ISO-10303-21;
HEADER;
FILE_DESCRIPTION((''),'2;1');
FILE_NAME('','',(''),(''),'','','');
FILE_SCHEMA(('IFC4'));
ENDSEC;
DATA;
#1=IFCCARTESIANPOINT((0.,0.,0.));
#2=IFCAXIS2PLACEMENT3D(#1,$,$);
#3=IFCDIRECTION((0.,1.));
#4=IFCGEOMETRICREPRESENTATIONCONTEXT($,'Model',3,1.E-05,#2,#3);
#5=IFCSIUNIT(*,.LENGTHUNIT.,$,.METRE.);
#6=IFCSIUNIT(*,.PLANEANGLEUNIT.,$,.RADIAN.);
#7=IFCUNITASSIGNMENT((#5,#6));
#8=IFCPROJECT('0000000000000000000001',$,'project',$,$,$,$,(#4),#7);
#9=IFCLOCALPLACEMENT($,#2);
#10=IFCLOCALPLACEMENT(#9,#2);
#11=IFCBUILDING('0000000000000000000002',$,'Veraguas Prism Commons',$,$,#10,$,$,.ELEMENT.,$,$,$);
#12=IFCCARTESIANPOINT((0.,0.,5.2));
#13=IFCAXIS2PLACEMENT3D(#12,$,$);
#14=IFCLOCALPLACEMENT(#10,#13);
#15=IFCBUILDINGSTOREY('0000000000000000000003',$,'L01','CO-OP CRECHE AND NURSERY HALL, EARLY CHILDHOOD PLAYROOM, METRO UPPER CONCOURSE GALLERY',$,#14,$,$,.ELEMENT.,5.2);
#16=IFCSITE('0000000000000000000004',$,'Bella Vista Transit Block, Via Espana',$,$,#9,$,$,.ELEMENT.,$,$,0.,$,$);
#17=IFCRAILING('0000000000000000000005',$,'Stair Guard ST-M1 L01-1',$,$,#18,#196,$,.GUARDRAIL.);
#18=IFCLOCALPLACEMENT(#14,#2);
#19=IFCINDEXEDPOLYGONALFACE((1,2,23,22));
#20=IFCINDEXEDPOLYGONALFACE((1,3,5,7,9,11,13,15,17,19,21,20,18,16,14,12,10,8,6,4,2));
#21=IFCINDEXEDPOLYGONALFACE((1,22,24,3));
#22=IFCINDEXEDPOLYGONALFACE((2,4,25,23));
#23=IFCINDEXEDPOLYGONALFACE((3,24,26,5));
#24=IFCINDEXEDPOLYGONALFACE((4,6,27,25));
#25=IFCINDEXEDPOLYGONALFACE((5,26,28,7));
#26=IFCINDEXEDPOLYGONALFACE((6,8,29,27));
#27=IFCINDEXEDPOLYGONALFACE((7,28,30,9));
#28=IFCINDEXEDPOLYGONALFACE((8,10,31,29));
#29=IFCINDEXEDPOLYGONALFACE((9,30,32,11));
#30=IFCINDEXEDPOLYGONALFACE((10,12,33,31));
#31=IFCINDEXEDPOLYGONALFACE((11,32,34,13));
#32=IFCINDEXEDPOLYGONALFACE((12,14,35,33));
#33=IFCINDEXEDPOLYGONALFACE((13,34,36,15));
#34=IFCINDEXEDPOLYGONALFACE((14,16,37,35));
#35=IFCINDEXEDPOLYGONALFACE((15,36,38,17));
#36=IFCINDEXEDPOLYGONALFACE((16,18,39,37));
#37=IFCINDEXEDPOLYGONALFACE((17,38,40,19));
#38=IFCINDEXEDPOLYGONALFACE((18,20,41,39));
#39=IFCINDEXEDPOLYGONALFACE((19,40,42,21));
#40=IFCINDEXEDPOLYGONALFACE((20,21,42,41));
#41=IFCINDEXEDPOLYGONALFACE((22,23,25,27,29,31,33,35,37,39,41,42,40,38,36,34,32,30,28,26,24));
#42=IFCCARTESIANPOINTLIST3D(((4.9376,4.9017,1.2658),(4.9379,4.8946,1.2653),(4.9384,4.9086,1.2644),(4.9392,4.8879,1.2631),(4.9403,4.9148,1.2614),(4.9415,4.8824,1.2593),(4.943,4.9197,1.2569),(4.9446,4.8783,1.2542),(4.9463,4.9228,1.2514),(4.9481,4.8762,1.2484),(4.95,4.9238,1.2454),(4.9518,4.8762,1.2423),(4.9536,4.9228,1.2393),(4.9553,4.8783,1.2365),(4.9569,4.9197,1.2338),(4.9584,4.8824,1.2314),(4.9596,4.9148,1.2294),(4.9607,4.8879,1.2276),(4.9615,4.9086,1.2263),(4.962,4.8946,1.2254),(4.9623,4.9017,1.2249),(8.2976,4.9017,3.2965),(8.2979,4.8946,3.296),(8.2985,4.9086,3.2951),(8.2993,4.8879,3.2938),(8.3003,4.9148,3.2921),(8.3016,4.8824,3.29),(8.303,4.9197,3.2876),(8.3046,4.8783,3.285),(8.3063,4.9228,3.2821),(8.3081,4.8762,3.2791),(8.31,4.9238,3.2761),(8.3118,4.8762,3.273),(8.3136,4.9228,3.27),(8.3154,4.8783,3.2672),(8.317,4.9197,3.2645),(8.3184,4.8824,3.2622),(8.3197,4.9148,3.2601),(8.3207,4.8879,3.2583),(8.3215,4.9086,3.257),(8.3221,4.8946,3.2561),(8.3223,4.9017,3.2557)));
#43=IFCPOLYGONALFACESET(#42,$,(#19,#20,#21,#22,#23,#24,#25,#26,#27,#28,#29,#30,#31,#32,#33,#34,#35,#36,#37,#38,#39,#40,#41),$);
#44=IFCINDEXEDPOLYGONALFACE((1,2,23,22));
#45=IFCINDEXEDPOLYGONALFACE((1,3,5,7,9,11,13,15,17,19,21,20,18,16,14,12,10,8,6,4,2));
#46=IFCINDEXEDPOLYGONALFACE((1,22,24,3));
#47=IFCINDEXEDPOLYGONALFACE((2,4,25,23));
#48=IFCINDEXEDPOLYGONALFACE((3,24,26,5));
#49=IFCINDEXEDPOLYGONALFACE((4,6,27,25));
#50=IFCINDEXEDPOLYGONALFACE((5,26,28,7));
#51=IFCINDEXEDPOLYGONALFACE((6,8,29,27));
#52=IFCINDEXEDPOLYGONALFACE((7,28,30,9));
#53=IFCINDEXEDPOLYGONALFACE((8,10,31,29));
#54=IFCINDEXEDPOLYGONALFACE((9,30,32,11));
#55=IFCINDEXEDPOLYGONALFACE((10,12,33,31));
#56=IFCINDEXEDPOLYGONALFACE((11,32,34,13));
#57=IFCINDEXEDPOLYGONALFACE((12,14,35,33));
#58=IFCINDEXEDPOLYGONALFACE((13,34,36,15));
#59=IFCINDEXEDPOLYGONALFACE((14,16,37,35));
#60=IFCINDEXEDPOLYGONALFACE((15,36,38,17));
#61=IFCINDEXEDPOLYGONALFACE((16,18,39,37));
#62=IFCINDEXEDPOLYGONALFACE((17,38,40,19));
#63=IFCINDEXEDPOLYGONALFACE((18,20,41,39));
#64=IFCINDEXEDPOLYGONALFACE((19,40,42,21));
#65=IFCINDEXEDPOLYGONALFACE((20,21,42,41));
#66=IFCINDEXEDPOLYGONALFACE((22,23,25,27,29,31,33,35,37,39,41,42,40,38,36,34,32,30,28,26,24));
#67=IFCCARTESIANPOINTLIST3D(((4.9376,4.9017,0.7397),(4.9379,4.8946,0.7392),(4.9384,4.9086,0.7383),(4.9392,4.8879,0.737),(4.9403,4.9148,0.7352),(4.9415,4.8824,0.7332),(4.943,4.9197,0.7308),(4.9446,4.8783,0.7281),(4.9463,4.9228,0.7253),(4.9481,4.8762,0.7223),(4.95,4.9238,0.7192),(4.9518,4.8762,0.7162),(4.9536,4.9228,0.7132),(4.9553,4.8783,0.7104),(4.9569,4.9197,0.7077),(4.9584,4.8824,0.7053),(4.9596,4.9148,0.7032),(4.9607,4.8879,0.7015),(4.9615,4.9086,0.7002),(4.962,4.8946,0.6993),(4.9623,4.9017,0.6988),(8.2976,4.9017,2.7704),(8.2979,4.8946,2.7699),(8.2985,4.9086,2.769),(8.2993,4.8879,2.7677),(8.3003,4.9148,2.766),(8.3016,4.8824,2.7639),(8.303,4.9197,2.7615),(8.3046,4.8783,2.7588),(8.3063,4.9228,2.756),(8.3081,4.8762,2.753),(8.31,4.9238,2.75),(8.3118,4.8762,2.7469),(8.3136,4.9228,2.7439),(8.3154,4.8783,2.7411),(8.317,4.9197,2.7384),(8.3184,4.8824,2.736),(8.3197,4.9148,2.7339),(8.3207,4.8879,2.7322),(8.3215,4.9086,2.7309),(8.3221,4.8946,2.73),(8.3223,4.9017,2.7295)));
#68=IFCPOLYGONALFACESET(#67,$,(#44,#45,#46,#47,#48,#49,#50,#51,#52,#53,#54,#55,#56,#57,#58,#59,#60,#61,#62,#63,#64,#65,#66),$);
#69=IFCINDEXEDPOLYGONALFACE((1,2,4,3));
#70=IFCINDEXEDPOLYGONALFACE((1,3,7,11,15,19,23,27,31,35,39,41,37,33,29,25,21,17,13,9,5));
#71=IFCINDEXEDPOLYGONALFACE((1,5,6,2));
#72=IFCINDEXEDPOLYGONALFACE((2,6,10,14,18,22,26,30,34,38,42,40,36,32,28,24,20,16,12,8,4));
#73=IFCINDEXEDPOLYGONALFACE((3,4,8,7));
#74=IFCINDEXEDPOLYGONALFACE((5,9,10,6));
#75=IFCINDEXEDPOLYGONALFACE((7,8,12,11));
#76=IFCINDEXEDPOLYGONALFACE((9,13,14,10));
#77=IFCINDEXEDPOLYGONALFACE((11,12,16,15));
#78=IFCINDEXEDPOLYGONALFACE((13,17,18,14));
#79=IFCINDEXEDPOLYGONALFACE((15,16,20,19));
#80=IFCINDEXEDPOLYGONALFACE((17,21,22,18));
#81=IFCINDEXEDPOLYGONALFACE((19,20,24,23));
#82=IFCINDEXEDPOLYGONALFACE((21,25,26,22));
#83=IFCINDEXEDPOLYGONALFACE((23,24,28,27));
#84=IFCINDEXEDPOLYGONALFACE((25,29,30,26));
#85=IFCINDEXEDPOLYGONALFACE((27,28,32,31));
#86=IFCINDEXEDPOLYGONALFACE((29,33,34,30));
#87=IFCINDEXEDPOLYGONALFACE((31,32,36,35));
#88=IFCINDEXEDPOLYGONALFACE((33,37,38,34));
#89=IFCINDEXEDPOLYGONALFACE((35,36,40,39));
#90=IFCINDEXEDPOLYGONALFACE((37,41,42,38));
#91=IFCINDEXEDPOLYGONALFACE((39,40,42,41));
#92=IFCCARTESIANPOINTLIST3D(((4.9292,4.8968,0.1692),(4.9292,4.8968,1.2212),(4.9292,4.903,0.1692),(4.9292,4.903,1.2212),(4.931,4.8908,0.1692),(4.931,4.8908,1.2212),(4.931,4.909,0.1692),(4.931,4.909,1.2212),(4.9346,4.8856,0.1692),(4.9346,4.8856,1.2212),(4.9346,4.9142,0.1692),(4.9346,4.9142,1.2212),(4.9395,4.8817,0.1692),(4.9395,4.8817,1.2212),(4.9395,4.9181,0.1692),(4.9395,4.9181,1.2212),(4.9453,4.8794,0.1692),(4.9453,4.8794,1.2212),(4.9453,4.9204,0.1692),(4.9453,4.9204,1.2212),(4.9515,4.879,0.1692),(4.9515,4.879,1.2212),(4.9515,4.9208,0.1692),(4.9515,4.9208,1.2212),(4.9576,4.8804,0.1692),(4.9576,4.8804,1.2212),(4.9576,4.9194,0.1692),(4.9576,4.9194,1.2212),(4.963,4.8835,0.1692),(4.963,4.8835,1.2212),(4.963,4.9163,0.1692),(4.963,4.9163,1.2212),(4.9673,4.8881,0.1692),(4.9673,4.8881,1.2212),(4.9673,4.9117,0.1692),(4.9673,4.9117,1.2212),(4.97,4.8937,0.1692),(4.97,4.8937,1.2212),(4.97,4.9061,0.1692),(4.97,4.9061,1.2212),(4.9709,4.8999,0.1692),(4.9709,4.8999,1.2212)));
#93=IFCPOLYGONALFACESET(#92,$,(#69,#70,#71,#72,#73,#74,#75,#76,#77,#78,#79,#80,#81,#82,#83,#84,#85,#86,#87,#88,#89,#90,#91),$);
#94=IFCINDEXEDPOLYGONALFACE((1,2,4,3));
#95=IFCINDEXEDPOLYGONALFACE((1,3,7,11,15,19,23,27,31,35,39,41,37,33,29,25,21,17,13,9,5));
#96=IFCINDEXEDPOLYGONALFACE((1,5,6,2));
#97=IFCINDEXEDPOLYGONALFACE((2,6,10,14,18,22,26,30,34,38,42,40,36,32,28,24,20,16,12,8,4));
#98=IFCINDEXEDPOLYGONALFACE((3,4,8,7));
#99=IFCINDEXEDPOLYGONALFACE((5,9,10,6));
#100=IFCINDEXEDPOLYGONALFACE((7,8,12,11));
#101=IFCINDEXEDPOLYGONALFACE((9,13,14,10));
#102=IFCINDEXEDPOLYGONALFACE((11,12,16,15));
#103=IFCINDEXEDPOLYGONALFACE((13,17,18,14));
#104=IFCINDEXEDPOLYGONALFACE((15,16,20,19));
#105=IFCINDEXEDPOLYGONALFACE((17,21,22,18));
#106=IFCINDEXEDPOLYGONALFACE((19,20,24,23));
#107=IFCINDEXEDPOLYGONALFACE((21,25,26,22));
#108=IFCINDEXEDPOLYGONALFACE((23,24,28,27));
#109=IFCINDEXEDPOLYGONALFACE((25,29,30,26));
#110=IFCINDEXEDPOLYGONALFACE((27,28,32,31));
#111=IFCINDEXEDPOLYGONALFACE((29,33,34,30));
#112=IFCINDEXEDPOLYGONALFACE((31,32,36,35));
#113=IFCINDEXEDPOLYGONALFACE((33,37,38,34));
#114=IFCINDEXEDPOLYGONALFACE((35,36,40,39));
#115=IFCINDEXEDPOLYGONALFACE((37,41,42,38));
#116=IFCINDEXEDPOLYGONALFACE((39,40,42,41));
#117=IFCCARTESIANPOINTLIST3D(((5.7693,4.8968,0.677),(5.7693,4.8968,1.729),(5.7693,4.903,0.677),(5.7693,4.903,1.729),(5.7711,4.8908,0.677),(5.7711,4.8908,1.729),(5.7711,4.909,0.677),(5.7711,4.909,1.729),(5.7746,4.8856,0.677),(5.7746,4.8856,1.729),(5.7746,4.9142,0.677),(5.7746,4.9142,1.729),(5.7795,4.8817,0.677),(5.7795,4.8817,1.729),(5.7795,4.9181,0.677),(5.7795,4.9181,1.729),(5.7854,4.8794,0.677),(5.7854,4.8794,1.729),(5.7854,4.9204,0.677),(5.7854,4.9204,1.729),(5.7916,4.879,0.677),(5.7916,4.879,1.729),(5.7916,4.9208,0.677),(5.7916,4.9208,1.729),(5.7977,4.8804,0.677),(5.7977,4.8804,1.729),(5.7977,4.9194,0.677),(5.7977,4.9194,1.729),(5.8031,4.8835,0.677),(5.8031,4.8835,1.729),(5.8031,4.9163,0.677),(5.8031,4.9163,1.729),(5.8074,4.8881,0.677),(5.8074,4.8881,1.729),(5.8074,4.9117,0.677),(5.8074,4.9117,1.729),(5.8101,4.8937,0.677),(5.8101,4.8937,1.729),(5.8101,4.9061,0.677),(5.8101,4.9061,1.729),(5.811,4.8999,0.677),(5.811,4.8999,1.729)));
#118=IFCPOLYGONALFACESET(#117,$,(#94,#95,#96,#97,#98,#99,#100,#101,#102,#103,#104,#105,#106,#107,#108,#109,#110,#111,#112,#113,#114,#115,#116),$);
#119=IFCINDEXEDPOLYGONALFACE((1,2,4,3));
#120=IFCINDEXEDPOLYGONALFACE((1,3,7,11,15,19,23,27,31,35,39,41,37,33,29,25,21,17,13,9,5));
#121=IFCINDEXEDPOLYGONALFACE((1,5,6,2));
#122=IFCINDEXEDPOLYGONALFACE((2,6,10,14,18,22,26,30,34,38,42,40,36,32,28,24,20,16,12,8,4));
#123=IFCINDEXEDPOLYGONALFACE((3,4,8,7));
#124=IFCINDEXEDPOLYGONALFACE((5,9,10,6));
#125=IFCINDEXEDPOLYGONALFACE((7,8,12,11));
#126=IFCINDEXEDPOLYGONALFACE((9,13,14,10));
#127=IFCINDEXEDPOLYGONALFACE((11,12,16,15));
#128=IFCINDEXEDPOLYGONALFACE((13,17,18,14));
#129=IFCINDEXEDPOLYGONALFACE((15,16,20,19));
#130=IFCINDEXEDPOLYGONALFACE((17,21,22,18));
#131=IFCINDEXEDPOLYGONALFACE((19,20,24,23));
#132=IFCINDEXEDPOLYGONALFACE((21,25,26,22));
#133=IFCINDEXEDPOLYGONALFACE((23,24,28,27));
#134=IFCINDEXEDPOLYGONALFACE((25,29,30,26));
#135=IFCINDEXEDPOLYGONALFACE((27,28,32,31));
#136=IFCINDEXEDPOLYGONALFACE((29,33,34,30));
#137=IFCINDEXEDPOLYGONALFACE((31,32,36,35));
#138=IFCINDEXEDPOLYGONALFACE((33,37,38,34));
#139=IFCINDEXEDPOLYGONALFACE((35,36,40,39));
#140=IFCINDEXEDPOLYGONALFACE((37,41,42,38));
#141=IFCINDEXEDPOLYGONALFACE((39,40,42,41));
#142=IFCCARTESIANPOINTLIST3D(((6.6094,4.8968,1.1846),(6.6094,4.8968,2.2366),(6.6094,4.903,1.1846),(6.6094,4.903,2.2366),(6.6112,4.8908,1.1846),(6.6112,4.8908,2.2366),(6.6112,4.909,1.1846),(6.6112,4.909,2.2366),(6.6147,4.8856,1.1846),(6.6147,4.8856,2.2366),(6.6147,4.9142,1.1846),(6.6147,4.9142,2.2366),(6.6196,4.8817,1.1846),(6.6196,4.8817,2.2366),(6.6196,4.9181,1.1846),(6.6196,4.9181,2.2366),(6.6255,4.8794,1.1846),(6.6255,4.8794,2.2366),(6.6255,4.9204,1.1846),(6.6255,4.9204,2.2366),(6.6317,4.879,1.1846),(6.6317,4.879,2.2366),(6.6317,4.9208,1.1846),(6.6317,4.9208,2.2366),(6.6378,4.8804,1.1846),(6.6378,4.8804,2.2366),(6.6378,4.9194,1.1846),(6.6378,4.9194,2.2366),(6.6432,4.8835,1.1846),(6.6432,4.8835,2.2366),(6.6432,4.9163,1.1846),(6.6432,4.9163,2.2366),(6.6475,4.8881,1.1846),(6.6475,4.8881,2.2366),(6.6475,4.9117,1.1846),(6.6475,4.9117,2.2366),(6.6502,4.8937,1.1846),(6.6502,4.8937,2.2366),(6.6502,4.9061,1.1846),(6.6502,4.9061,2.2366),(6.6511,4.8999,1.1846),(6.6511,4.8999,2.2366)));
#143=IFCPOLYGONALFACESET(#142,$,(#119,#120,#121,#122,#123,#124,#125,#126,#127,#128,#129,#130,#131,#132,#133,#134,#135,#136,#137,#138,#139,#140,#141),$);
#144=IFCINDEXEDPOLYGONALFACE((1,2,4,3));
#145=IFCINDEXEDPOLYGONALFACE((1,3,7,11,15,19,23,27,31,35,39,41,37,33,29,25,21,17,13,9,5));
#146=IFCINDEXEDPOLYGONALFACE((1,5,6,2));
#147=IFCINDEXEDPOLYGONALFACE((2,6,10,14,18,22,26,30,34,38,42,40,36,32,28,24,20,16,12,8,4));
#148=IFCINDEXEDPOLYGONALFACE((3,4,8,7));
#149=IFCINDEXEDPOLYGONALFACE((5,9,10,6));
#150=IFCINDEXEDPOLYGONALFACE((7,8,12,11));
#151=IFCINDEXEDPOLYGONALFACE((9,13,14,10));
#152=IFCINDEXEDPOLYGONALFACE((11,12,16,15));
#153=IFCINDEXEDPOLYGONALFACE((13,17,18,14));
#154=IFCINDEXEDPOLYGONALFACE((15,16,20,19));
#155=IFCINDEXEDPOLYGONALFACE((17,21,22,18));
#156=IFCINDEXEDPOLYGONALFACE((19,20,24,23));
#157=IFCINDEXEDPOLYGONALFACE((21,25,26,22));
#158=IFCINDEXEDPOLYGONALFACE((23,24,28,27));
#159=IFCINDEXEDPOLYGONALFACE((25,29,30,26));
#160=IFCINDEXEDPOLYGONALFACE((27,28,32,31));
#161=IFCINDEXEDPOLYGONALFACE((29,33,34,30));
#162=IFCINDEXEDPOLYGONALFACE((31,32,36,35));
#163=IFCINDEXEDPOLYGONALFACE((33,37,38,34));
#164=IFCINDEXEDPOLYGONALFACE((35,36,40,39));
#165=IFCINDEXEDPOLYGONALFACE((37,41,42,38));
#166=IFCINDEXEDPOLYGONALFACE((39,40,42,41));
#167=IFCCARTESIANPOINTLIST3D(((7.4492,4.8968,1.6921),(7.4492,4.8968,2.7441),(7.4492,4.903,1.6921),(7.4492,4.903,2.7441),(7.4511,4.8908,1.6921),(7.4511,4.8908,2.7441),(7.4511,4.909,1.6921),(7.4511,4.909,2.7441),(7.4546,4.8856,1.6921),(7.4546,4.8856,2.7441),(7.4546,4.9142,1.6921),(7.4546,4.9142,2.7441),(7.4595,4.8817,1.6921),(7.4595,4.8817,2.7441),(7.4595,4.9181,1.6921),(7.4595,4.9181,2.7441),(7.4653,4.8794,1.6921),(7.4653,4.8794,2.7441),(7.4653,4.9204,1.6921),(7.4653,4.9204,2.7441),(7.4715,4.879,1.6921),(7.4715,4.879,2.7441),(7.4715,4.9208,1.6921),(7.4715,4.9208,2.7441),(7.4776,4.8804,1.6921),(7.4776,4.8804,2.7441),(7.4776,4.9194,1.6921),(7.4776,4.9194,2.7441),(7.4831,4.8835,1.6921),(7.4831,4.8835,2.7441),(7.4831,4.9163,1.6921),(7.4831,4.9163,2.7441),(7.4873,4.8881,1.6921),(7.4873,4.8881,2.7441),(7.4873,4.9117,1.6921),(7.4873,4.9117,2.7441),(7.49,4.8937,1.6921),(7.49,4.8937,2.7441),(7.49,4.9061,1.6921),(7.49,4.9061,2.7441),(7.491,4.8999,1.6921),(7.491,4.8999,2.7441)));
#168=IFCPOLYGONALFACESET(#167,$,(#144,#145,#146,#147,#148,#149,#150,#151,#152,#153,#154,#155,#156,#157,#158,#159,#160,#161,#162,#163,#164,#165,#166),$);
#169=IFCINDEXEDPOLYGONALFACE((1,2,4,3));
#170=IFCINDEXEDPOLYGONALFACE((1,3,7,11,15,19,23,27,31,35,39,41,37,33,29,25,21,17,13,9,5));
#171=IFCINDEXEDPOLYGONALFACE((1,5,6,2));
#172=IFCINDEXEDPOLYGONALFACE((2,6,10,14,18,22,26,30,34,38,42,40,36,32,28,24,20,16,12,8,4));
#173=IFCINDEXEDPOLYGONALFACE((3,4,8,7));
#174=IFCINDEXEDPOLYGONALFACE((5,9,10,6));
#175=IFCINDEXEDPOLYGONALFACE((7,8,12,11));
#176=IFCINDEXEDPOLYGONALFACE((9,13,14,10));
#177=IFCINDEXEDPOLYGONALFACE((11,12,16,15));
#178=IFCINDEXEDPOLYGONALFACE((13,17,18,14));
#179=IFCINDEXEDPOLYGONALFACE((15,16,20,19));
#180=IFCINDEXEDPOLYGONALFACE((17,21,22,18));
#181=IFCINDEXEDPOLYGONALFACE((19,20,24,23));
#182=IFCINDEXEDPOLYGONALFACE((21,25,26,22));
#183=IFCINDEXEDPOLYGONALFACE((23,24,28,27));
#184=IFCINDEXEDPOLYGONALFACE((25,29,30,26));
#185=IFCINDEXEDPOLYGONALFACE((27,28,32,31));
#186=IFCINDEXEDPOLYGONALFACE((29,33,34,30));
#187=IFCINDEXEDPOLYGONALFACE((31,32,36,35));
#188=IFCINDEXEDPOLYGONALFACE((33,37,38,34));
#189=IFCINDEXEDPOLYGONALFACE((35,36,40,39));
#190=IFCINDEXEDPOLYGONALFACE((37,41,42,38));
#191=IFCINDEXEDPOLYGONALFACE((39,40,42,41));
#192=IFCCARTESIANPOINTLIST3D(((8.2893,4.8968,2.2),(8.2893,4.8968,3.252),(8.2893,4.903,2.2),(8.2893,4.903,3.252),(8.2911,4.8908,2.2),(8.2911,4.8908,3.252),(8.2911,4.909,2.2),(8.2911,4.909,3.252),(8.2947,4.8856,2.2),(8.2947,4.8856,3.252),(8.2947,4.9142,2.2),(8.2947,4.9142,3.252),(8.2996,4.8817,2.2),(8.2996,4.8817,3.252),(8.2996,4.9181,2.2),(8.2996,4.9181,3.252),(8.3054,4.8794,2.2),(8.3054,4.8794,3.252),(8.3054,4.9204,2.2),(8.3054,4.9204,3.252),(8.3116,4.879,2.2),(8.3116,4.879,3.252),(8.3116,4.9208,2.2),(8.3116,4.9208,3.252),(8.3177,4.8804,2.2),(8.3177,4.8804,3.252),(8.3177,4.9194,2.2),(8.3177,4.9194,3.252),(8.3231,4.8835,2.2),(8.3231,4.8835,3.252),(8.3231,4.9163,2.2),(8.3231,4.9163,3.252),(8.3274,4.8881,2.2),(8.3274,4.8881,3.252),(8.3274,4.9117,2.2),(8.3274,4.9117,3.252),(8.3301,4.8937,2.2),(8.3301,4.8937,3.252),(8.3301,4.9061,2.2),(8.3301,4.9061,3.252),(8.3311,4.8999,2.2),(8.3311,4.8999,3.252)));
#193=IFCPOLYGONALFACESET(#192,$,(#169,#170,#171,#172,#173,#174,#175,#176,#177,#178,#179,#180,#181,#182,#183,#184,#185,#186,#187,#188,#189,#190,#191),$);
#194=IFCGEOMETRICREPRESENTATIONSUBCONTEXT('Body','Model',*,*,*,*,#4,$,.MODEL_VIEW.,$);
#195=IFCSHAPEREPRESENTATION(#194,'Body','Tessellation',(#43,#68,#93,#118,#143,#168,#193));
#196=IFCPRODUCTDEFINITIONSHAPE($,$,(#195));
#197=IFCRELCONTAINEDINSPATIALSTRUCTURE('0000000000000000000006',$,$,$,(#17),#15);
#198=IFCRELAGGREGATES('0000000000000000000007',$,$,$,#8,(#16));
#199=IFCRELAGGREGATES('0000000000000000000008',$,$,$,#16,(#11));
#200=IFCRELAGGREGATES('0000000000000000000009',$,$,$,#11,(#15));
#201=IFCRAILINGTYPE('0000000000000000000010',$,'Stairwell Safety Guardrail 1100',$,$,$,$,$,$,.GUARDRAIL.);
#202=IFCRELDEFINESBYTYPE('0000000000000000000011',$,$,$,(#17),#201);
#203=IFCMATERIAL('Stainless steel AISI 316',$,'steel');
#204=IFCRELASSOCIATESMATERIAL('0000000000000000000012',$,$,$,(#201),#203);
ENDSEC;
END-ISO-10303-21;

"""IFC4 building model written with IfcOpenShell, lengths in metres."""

from ifc_helpers import new_model, si_unit, direction, frame, origin, origin_2d, place, context, subcontext, project, spatial, circle, extrude, material, type_object, element, save


model = new_model("IFC4")

# Units and contexts
model_context = context("Model", 3, precision=1e-05, world=origin(), true_north=direction((0.0, 1.0)))
body_context = subcontext(model_context, "Body", "Model", "MODEL_VIEW")
ifc_project = project(units=[si_unit("LENGTHUNIT", "METRE"), si_unit("PLANEANGLEUNIT", "RADIAN")], contexts=[model_context])

# Site, building, storey
site_placement = place(None, origin())
site = spatial("IfcSite", under=ifc_project, at=site_placement, Name="Bella Vista Transit Block, Via Espana", CompositionType="ELEMENT", RefElevation=0.0)
building_placement = place(site_placement, origin())
building = spatial("IfcBuilding", under=site, at=building_placement, Name="Veraguas Prism Commons", CompositionType="ELEMENT")
storey_placement = place(building_placement, frame((0.0, 0.0, 5.2)))
storey = spatial("IfcBuildingStorey", under=building, at=storey_placement, Name="L01", Description="CO-OP CRECHE AND NURSERY HALL, EARLY CHILDHOOD PLAYROOM, METRO UPPER CONCOURSE GALLERY", CompositionType="ELEMENT", Elevation=5.2)

# Railing
ifc_material_1 = material(Name="Stainless steel AISI 316", Category="steel")
railing_type_1 = type_object("IfcRailingType", Name="Stairwell Safety Guardrail 1100", PredefinedType="GUARDRAIL", material=ifc_material_1)
railing_1_placement = place(storey_placement, frame((4.95, 4.8999, 0.1692)))
element("IfcRailing", 1, at=railing_1_placement, inside=storey, type_object=railing_type_1, Name="Stair Guard ST-M1 L01-1", PredefinedType="GUARDRAIL", context=body_context, shape_type="SweptSolid", body=[
    extrude(circle(Radius=0.0239, at=origin_2d()), frame((0.0, 0.0, 1.0762), z_axis=(0.855837, 0.0, 0.517246), x_axis=(0.0, 1.0, 0.0)), (0.0, 0.0, 1.0), 3.926),
    extrude(circle(Radius=0.0239, at=origin_2d()), frame((0.0, 0.0, 0.55), z_axis=(0.855837, 0.0, 0.517246), x_axis=(0.0, 1.0, 0.0)), (0.0, 0.0, 1.0), 3.926),
    extrude(circle(Radius=0.021, at=origin_2d()), origin(), (0.0, 0.0, 1.0), 1.052),
    extrude(circle(Radius=0.021, at=origin_2d()), frame((0.8401, 0.0, 0.5078)), (0.0, 0.0, 1.0), 1.052),
    extrude(circle(Radius=0.021, at=origin_2d()), frame((1.6802, 0.0, 1.0154)), (0.0, 0.0, 1.0), 1.052),
    extrude(circle(Radius=0.021, at=origin_2d()), frame((2.52, 0.0, 1.5229)), (0.0, 0.0, 1.0), 1.052),
    extrude(circle(Radius=0.021, at=origin_2d()), frame((3.3601, 0.0, 2.0308)), (0.0, 0.0, 1.0), 1.052),
])

save(model, "model.ifc")
